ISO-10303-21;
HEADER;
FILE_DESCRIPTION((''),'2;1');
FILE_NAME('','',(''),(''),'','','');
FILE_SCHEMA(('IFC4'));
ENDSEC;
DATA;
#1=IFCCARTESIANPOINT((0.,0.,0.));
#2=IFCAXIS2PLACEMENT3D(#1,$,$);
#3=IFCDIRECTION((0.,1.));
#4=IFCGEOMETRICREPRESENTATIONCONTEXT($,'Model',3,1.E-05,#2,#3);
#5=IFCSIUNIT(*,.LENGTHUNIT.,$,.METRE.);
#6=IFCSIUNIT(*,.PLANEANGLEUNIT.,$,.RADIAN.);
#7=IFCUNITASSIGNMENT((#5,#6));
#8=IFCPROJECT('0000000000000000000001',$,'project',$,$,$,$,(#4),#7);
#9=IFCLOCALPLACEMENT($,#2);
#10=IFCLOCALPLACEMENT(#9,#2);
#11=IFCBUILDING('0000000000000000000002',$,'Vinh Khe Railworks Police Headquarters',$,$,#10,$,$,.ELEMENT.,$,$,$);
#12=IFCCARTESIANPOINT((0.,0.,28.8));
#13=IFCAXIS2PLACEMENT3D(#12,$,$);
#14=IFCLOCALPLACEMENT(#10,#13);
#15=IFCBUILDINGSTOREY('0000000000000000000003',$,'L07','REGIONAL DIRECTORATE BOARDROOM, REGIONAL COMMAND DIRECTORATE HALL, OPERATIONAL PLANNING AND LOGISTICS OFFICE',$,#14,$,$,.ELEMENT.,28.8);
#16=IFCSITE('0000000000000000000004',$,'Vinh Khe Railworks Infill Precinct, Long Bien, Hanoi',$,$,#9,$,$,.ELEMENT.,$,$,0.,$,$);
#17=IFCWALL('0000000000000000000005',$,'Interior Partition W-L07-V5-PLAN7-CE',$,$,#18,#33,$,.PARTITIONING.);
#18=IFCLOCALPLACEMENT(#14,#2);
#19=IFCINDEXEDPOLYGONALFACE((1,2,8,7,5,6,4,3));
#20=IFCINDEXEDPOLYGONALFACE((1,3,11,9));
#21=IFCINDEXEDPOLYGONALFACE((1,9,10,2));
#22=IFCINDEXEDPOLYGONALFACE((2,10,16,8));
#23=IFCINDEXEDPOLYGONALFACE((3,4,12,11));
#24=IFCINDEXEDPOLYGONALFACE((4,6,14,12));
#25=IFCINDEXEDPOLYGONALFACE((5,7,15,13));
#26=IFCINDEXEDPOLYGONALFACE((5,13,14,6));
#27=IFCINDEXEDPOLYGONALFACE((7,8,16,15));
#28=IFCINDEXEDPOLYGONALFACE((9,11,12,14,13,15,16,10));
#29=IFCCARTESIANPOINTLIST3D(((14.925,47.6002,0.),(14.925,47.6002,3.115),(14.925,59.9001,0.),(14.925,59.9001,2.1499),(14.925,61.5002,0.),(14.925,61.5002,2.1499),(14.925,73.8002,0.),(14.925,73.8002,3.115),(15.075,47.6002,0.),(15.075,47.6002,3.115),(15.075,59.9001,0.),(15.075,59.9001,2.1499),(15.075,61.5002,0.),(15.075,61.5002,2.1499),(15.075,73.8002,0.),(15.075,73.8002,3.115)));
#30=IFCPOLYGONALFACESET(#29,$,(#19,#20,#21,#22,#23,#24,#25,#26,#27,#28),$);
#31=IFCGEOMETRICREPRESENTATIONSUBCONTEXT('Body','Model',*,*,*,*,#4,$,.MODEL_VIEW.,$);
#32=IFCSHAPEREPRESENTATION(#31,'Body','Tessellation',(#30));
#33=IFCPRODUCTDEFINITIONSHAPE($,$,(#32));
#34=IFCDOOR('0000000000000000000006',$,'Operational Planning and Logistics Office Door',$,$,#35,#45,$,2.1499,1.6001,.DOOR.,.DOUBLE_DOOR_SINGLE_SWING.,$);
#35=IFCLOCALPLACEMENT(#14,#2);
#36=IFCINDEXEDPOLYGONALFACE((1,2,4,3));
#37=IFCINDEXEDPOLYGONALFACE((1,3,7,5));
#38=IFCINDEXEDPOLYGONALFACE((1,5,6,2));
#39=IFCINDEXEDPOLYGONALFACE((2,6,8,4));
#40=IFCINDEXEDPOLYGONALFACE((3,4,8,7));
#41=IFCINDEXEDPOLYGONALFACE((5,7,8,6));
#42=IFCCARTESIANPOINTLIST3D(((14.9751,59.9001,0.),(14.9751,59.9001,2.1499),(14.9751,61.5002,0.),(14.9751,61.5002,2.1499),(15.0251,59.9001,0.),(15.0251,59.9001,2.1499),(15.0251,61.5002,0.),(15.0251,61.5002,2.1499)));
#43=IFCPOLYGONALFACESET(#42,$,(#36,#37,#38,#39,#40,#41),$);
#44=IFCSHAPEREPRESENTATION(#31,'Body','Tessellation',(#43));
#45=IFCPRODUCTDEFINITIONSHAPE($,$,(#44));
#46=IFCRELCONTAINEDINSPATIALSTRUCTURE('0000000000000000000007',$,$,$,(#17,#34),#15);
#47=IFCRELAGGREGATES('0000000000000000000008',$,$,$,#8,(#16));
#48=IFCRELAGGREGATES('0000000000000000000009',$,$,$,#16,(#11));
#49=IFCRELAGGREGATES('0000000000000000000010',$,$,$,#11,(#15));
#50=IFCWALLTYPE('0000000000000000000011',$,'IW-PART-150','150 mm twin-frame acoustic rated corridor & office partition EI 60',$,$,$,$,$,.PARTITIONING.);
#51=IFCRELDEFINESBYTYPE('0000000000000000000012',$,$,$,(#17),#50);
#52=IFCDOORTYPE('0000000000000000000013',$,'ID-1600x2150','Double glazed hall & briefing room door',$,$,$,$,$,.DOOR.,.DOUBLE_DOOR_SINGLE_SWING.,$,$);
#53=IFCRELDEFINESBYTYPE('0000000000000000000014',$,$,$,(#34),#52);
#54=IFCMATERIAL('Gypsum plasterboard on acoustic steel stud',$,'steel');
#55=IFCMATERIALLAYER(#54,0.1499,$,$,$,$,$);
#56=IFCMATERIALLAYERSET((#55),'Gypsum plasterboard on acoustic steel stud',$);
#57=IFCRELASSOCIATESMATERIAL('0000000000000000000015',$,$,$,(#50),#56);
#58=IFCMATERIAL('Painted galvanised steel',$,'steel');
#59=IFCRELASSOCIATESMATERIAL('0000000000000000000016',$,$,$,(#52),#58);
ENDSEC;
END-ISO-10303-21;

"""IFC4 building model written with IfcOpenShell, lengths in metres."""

from ifc_helpers import new_model, si_unit, direction, frame, frame_2d, origin, place, context, subcontext, project, spatial, rectangle, extrude, material, layer, layer_set, type_object, element, fill, save


model = new_model("IFC4")

# Units and contexts
model_context = context("Model", 3, precision=1e-05, world=origin(), true_north=direction((0.0, 1.0)))
body_context = subcontext(model_context, "Body", "Model", "MODEL_VIEW")
ifc_project = project(units=[si_unit("LENGTHUNIT", "METRE"), si_unit("PLANEANGLEUNIT", "RADIAN")], contexts=[model_context])

# Site, building, storey
site_placement = place(None, origin())
site = spatial("IfcSite", under=ifc_project, at=site_placement, Name="Vinh Khe Railworks Infill Precinct, Long Bien, Hanoi", CompositionType="ELEMENT", RefElevation=0.0)
building_placement = place(site_placement, origin())
building = spatial("IfcBuilding", under=site, at=building_placement, Name="Vinh Khe Railworks Police Headquarters", CompositionType="ELEMENT")
storey_placement = place(building_placement, frame((0.0, 0.0, 28.8)))
storey = spatial("IfcBuildingStorey", under=building, at=storey_placement, Name="L07", Description="REGIONAL DIRECTORATE BOARDROOM, REGIONAL COMMAND DIRECTORATE HALL, OPERATIONAL PLANNING AND LOGISTICS OFFICE", CompositionType="ELEMENT", Elevation=28.8)

# Wall, opening, door
ifc_material_1 = material(Name="Gypsum plasterboard on acoustic steel stud", Category="steel")
ifc_layer_1 = layer(ifc_material_1, 0.1499)
ifc_layer_set_1 = layer_set([ifc_layer_1], Name="Gypsum plasterboard on acoustic steel stud")
wall_type_1 = type_object("IfcWallType", Name="IW-PART-150", Description="150 mm twin-frame acoustic rated corridor & office partition EI 60", PredefinedType="PARTITIONING", material=ifc_layer_set_1)
wall_1_placement = place(storey_placement, frame((15.0, 47.6001, 0.0), z_axis=(0.0, 0.0, 1.0), x_axis=(0.0, 1.0, 0.0)))
wall_1 = element("IfcWall", 1, at=wall_1_placement, inside=storey, type_object=wall_type_1, Name="Interior Partition W-L07-V5-PLAN7-CE", PredefinedType="PARTITIONING", context=body_context, shape_type="SweptSolid", body=[
    extrude(rectangle(XDim=26.2, YDim=0.1499, at=frame_2d((13.1001, 0.0))), origin(), (0.0, 0.0, 1.0), 3.115),
])
opening_1_placement = place(wall_1_placement, frame((12.3, 0.0, 0.0)))
opening_1 = element("IfcOpeningElement", 2, at=opening_1_placement, cuts=wall_1, PredefinedType="OPENING", context=body_context, shape_type="SweptSolid", body=[
    extrude(rectangle(XDim=1.6001, YDim=2.1499, at=frame_2d((0.8, 1.075))), frame((0.0, 0.0898, 0.0), z_axis=(0.0, -1.0, 0.0), x_axis=(1.0, 0.0, 0.0)), (0.0, 0.0, 1.0), 0.1797),
])
ifc_material_2 = material(Name="Painted galvanised steel", Category="steel")
door_type = type_object("IfcDoorType", Name="ID-1600x2150", Description="Double glazed hall & briefing room door", OperationType="DOUBLE_DOOR_SINGLE_SWING", PredefinedType="DOOR", material=ifc_material_2)
door_placement = place(opening_1_placement, origin())
door = element("IfcDoor", 3, at=door_placement, inside=storey, type_object=door_type, Name="Operational Planning and Logistics Office Door", OperationType="DOUBLE_DOOR_SINGLE_SWING", OverallHeight=2.1499, OverallWidth=1.6001, PredefinedType="DOOR", context=body_context, shape_type="SweptSolid", body=[
    extrude(rectangle(XDim=1.6001, YDim=2.1499, at=frame_2d((0.8, 1.075))), frame((0.0, 0.0249, 0.0), z_axis=(0.0, -1.0, 0.0), x_axis=(1.0, 0.0, 0.0)), (0.0, 0.0, 1.0), 0.05),
])
fill(opening_1, door)

save(model, "model.ifc")
